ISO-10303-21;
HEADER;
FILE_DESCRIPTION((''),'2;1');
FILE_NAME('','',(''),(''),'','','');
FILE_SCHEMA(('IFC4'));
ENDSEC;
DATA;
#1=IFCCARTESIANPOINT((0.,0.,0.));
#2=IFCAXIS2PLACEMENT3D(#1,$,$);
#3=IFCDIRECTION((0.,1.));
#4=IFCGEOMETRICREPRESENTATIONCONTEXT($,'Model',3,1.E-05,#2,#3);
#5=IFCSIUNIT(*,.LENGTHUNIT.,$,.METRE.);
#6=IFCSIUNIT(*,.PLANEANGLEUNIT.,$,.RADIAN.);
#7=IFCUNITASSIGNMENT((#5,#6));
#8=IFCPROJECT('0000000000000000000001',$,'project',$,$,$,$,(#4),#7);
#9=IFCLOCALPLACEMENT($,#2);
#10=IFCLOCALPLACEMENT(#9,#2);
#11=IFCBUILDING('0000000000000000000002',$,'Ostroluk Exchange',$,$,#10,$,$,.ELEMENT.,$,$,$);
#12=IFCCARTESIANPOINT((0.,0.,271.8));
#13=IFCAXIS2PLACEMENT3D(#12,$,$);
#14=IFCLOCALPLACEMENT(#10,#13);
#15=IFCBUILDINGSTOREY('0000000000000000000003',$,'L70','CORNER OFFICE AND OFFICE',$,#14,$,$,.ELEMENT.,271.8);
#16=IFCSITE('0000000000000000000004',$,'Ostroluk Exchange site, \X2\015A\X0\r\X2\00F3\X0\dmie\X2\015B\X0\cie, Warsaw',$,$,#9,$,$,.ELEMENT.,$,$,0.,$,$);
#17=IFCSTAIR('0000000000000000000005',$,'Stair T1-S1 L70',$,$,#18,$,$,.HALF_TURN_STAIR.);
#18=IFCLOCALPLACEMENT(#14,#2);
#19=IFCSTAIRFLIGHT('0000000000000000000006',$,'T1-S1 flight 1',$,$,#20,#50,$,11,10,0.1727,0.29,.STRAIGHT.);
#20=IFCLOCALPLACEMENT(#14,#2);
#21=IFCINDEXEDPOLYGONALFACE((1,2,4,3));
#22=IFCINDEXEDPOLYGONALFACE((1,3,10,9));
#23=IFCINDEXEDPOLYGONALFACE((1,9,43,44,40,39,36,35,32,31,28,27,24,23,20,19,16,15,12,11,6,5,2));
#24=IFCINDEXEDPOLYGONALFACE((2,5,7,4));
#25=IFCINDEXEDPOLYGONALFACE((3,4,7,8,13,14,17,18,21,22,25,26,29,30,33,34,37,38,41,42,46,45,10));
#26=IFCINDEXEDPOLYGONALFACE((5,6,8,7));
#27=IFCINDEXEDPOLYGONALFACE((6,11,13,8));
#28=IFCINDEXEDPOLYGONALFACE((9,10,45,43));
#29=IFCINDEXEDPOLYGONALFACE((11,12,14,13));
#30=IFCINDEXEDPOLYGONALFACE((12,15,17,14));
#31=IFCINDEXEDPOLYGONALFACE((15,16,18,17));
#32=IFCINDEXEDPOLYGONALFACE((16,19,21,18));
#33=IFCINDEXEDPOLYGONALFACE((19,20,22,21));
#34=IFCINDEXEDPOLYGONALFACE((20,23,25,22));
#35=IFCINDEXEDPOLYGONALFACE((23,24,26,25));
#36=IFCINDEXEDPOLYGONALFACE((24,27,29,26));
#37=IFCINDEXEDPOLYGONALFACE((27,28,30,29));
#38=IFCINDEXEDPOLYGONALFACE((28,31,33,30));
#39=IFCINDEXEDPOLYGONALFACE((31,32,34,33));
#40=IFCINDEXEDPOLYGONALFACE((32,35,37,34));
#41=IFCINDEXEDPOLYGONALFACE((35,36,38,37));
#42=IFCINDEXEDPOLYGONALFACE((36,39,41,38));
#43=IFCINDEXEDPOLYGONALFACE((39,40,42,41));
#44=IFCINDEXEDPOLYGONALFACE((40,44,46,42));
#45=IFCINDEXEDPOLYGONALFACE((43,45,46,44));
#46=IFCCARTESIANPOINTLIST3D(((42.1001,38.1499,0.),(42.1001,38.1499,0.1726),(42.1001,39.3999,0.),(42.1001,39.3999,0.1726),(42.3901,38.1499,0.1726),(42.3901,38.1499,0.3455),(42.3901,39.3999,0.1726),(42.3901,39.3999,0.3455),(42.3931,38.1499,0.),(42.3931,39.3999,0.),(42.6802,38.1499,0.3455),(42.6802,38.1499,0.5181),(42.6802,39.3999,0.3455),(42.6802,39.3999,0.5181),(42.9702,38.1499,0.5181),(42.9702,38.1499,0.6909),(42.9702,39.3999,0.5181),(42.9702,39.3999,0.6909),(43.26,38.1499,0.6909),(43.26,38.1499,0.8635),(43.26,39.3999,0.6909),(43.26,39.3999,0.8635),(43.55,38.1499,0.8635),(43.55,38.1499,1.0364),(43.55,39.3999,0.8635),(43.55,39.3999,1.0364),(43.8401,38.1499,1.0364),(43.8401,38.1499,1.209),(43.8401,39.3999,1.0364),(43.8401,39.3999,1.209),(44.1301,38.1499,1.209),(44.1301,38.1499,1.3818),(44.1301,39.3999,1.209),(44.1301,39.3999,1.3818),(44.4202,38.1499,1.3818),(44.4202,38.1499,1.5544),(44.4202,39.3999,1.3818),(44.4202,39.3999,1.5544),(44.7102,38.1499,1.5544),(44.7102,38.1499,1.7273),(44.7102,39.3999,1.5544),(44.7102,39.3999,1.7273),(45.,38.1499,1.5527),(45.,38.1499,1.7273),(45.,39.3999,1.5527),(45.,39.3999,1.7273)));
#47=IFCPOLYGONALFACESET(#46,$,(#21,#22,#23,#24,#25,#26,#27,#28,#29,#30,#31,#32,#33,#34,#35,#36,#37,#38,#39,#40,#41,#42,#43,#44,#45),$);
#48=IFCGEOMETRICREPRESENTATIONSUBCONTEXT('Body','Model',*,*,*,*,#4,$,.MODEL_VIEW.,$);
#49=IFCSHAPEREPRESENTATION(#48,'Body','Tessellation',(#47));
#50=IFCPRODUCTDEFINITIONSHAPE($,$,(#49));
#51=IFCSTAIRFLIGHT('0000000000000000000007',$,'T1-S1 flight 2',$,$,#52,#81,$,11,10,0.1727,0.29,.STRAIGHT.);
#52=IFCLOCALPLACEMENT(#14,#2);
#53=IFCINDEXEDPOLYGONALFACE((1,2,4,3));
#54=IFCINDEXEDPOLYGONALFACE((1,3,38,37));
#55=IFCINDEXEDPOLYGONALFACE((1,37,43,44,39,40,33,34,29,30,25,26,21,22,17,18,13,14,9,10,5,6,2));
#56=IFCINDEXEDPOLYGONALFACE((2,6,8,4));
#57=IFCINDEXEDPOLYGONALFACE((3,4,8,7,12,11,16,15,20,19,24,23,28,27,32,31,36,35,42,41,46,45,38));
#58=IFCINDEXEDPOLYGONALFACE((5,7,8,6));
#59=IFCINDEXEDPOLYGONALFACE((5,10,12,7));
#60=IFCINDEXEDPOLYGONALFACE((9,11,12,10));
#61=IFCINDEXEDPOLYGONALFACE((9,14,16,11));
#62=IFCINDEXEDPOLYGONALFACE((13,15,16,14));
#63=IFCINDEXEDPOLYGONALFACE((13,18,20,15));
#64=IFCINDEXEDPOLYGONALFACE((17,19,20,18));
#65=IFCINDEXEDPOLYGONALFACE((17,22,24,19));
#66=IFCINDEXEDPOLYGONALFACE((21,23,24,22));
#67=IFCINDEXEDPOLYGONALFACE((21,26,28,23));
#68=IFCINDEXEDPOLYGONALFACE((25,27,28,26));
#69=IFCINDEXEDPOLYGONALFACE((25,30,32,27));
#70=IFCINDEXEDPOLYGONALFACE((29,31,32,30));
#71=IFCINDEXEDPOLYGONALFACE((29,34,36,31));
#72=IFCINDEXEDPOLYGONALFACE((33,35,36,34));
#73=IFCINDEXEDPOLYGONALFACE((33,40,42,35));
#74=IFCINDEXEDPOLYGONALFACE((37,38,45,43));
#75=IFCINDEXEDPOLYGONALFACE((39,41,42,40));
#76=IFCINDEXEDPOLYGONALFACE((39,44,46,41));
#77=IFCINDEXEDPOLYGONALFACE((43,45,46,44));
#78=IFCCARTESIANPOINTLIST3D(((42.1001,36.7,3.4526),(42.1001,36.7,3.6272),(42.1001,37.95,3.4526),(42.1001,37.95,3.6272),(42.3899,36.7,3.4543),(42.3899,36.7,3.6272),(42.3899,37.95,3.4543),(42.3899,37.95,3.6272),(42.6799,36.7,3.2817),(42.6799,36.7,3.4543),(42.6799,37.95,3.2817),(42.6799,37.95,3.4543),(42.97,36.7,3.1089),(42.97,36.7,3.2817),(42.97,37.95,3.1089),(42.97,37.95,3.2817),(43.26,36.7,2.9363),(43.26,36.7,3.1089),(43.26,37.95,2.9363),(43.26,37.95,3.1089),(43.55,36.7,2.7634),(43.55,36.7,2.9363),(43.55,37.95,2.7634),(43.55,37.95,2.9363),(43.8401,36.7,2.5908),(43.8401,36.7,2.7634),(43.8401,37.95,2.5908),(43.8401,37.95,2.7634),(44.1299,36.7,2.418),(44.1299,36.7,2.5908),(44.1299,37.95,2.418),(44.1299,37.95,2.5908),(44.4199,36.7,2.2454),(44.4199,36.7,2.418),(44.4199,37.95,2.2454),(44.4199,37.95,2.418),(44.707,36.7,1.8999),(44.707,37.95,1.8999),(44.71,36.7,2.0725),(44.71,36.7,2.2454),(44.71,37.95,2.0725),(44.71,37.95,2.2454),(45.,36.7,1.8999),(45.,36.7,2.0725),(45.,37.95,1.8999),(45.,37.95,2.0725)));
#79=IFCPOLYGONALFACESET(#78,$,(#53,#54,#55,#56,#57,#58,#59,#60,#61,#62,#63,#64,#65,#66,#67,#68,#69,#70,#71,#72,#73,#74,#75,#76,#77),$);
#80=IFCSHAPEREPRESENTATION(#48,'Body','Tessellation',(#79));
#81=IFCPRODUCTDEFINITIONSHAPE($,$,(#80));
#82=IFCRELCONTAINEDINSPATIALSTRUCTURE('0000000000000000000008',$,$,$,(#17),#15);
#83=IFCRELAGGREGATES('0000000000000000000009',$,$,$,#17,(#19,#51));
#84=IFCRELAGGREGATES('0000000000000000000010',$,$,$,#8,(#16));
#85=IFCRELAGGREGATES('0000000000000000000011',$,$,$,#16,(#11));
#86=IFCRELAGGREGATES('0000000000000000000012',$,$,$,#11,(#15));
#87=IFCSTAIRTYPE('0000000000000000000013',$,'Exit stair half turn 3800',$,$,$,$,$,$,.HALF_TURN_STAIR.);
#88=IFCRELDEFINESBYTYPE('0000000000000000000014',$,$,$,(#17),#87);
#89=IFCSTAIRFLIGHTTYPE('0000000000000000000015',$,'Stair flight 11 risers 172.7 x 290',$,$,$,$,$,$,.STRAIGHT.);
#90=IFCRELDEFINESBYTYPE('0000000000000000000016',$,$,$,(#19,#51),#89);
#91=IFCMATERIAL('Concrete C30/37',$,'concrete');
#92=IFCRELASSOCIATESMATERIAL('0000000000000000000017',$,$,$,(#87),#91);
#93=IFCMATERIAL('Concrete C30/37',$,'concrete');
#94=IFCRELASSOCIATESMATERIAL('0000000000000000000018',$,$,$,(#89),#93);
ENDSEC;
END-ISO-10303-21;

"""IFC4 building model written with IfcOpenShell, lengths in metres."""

from ifc_helpers import new_model, si_unit, direction, frame, origin, place, context, subcontext, project, spatial, polyline, outline, extrude, material, type_object, element, aggregate, save


model = new_model("IFC4")

# Units and contexts
model_context = context("Model", 3, precision=1e-05, world=origin(), true_north=direction((0.0, 1.0)))
body_context = subcontext(model_context, "Body", "Model", "MODEL_VIEW")
ifc_project = project(units=[si_unit("LENGTHUNIT", "METRE"), si_unit("PLANEANGLEUNIT", "RADIAN")], contexts=[model_context])

# Site, building, storey
site_placement = place(None, origin())
site = spatial("IfcSite", under=ifc_project, at=site_placement, Name="Ostroluk Exchange site, Śródmieście, Warsaw", CompositionType="ELEMENT", RefElevation=0.0)
building_placement = place(site_placement, origin())
building = spatial("IfcBuilding", under=site, at=building_placement, Name="Ostroluk Exchange", CompositionType="ELEMENT")
storey_placement = place(building_placement, frame((0.0, 0.0, 271.8)))
storey = spatial("IfcBuildingStorey", under=building, at=storey_placement, Name="L70", Description="CORNER OFFICE AND OFFICE", CompositionType="ELEMENT", Elevation=271.8)

# Stair, stair flights
ifc_material_1 = material(Name="Concrete C30/37", Category="concrete")
stair_type = type_object("IfcStairType", Name="Exit stair half turn 3800", PredefinedType="HALF_TURN_STAIR", material=ifc_material_1)
stair_placement = place(storey_placement, origin())
stair = element("IfcStair", 1, at=stair_placement, inside=storey, type_object=stair_type, Name="Stair T1-S1 L70", PredefinedType="HALF_TURN_STAIR")
ifc_material_2 = material(Name="Concrete C30/37", Category="concrete")
stair_flight_type = type_object("IfcStairFlightType", Name="Stair flight 11 risers 172.7 x 290", PredefinedType="STRAIGHT", material=ifc_material_2)
stair_flight_1_placement = place(storey_placement, frame((42.1001, 38.7749, 0.0), z_axis=(0.0, 0.0, 1.0), x_axis=(1.0, 0.0, 0.0)))
stair_flight_1 = element("IfcStairFlight", 2, at=stair_flight_1_placement, type_object=stair_flight_type, Name="T1-S1 flight 1", NumberOfRisers=11, NumberOfTreads=10, PredefinedType="STRAIGHT", RiserHeight=0.1727, TreadLength=0.29, context=body_context, shape_type="SweptSolid", body=[
    extrude(outline(polyline([(0.0, 0.0), (0.0, 0.1726), (0.29, 0.1726), (0.29, 0.3455), (0.5801, 0.3455), (0.5801, 0.5181), (0.8701, 0.5181), (0.8701, 0.6909), (1.1599, 0.6909), (1.1599, 0.8635), (1.45, 0.8635), (1.45, 1.0364), (1.74, 1.0364), (1.74, 1.209), (2.03, 1.209), (2.03, 1.3818), (2.3201, 1.3818), (2.3201, 1.5544), (2.6101, 1.5544), (2.6101, 1.7273), (2.8999, 1.7273), (2.8999, 1.8999), (2.8999, 1.5527), (0.293, 0.0), (0.0, 0.0)])), frame((0.0, 0.625, 0.0), z_axis=(0.0, -1.0, 0.0), x_axis=(1.0, 0.0, 0.0)), (0.0, 0.0, 1.0), 1.25),
])
stair_flight_2_placement = place(storey_placement, frame((45.0, 37.325, 1.8999), z_axis=(0.0, 0.0, 1.0), x_axis=(-1.0, 0.0, 0.0)))
stair_flight_2 = element("IfcStairFlight", 3, at=stair_flight_2_placement, type_object=stair_flight_type, Name="T1-S1 flight 2", NumberOfRisers=11, NumberOfTreads=10, PredefinedType="STRAIGHT", RiserHeight=0.1727, TreadLength=0.29, context=body_context, shape_type="SweptSolid", body=[
    extrude(outline(polyline([(0.0, 0.0), (0.0, 0.1726), (0.29, 0.1726), (0.29, 0.3455), (0.5801, 0.3455), (0.5801, 0.5181), (0.8701, 0.5181), (0.8701, 0.6909), (1.1599, 0.6909), (1.1599, 0.8635), (1.45, 0.8635), (1.45, 1.0364), (1.74, 1.0364), (1.74, 1.209), (2.03, 1.209), (2.03, 1.3818), (2.3201, 1.3818), (2.3201, 1.5544), (2.6101, 1.5544), (2.6101, 1.7273), (2.8999, 1.7273), (2.8999, 1.8999), (2.8999, 1.5527), (0.293, 0.0), (0.0, 0.0)])), frame((0.0, 0.625, 0.0), z_axis=(0.0, -1.0, 0.0), x_axis=(1.0, 0.0, 0.0)), (0.0, 0.0, 1.0), 1.25),
])
aggregate(stair, [stair_flight_1, stair_flight_2])

save(model, "model.ifc")
